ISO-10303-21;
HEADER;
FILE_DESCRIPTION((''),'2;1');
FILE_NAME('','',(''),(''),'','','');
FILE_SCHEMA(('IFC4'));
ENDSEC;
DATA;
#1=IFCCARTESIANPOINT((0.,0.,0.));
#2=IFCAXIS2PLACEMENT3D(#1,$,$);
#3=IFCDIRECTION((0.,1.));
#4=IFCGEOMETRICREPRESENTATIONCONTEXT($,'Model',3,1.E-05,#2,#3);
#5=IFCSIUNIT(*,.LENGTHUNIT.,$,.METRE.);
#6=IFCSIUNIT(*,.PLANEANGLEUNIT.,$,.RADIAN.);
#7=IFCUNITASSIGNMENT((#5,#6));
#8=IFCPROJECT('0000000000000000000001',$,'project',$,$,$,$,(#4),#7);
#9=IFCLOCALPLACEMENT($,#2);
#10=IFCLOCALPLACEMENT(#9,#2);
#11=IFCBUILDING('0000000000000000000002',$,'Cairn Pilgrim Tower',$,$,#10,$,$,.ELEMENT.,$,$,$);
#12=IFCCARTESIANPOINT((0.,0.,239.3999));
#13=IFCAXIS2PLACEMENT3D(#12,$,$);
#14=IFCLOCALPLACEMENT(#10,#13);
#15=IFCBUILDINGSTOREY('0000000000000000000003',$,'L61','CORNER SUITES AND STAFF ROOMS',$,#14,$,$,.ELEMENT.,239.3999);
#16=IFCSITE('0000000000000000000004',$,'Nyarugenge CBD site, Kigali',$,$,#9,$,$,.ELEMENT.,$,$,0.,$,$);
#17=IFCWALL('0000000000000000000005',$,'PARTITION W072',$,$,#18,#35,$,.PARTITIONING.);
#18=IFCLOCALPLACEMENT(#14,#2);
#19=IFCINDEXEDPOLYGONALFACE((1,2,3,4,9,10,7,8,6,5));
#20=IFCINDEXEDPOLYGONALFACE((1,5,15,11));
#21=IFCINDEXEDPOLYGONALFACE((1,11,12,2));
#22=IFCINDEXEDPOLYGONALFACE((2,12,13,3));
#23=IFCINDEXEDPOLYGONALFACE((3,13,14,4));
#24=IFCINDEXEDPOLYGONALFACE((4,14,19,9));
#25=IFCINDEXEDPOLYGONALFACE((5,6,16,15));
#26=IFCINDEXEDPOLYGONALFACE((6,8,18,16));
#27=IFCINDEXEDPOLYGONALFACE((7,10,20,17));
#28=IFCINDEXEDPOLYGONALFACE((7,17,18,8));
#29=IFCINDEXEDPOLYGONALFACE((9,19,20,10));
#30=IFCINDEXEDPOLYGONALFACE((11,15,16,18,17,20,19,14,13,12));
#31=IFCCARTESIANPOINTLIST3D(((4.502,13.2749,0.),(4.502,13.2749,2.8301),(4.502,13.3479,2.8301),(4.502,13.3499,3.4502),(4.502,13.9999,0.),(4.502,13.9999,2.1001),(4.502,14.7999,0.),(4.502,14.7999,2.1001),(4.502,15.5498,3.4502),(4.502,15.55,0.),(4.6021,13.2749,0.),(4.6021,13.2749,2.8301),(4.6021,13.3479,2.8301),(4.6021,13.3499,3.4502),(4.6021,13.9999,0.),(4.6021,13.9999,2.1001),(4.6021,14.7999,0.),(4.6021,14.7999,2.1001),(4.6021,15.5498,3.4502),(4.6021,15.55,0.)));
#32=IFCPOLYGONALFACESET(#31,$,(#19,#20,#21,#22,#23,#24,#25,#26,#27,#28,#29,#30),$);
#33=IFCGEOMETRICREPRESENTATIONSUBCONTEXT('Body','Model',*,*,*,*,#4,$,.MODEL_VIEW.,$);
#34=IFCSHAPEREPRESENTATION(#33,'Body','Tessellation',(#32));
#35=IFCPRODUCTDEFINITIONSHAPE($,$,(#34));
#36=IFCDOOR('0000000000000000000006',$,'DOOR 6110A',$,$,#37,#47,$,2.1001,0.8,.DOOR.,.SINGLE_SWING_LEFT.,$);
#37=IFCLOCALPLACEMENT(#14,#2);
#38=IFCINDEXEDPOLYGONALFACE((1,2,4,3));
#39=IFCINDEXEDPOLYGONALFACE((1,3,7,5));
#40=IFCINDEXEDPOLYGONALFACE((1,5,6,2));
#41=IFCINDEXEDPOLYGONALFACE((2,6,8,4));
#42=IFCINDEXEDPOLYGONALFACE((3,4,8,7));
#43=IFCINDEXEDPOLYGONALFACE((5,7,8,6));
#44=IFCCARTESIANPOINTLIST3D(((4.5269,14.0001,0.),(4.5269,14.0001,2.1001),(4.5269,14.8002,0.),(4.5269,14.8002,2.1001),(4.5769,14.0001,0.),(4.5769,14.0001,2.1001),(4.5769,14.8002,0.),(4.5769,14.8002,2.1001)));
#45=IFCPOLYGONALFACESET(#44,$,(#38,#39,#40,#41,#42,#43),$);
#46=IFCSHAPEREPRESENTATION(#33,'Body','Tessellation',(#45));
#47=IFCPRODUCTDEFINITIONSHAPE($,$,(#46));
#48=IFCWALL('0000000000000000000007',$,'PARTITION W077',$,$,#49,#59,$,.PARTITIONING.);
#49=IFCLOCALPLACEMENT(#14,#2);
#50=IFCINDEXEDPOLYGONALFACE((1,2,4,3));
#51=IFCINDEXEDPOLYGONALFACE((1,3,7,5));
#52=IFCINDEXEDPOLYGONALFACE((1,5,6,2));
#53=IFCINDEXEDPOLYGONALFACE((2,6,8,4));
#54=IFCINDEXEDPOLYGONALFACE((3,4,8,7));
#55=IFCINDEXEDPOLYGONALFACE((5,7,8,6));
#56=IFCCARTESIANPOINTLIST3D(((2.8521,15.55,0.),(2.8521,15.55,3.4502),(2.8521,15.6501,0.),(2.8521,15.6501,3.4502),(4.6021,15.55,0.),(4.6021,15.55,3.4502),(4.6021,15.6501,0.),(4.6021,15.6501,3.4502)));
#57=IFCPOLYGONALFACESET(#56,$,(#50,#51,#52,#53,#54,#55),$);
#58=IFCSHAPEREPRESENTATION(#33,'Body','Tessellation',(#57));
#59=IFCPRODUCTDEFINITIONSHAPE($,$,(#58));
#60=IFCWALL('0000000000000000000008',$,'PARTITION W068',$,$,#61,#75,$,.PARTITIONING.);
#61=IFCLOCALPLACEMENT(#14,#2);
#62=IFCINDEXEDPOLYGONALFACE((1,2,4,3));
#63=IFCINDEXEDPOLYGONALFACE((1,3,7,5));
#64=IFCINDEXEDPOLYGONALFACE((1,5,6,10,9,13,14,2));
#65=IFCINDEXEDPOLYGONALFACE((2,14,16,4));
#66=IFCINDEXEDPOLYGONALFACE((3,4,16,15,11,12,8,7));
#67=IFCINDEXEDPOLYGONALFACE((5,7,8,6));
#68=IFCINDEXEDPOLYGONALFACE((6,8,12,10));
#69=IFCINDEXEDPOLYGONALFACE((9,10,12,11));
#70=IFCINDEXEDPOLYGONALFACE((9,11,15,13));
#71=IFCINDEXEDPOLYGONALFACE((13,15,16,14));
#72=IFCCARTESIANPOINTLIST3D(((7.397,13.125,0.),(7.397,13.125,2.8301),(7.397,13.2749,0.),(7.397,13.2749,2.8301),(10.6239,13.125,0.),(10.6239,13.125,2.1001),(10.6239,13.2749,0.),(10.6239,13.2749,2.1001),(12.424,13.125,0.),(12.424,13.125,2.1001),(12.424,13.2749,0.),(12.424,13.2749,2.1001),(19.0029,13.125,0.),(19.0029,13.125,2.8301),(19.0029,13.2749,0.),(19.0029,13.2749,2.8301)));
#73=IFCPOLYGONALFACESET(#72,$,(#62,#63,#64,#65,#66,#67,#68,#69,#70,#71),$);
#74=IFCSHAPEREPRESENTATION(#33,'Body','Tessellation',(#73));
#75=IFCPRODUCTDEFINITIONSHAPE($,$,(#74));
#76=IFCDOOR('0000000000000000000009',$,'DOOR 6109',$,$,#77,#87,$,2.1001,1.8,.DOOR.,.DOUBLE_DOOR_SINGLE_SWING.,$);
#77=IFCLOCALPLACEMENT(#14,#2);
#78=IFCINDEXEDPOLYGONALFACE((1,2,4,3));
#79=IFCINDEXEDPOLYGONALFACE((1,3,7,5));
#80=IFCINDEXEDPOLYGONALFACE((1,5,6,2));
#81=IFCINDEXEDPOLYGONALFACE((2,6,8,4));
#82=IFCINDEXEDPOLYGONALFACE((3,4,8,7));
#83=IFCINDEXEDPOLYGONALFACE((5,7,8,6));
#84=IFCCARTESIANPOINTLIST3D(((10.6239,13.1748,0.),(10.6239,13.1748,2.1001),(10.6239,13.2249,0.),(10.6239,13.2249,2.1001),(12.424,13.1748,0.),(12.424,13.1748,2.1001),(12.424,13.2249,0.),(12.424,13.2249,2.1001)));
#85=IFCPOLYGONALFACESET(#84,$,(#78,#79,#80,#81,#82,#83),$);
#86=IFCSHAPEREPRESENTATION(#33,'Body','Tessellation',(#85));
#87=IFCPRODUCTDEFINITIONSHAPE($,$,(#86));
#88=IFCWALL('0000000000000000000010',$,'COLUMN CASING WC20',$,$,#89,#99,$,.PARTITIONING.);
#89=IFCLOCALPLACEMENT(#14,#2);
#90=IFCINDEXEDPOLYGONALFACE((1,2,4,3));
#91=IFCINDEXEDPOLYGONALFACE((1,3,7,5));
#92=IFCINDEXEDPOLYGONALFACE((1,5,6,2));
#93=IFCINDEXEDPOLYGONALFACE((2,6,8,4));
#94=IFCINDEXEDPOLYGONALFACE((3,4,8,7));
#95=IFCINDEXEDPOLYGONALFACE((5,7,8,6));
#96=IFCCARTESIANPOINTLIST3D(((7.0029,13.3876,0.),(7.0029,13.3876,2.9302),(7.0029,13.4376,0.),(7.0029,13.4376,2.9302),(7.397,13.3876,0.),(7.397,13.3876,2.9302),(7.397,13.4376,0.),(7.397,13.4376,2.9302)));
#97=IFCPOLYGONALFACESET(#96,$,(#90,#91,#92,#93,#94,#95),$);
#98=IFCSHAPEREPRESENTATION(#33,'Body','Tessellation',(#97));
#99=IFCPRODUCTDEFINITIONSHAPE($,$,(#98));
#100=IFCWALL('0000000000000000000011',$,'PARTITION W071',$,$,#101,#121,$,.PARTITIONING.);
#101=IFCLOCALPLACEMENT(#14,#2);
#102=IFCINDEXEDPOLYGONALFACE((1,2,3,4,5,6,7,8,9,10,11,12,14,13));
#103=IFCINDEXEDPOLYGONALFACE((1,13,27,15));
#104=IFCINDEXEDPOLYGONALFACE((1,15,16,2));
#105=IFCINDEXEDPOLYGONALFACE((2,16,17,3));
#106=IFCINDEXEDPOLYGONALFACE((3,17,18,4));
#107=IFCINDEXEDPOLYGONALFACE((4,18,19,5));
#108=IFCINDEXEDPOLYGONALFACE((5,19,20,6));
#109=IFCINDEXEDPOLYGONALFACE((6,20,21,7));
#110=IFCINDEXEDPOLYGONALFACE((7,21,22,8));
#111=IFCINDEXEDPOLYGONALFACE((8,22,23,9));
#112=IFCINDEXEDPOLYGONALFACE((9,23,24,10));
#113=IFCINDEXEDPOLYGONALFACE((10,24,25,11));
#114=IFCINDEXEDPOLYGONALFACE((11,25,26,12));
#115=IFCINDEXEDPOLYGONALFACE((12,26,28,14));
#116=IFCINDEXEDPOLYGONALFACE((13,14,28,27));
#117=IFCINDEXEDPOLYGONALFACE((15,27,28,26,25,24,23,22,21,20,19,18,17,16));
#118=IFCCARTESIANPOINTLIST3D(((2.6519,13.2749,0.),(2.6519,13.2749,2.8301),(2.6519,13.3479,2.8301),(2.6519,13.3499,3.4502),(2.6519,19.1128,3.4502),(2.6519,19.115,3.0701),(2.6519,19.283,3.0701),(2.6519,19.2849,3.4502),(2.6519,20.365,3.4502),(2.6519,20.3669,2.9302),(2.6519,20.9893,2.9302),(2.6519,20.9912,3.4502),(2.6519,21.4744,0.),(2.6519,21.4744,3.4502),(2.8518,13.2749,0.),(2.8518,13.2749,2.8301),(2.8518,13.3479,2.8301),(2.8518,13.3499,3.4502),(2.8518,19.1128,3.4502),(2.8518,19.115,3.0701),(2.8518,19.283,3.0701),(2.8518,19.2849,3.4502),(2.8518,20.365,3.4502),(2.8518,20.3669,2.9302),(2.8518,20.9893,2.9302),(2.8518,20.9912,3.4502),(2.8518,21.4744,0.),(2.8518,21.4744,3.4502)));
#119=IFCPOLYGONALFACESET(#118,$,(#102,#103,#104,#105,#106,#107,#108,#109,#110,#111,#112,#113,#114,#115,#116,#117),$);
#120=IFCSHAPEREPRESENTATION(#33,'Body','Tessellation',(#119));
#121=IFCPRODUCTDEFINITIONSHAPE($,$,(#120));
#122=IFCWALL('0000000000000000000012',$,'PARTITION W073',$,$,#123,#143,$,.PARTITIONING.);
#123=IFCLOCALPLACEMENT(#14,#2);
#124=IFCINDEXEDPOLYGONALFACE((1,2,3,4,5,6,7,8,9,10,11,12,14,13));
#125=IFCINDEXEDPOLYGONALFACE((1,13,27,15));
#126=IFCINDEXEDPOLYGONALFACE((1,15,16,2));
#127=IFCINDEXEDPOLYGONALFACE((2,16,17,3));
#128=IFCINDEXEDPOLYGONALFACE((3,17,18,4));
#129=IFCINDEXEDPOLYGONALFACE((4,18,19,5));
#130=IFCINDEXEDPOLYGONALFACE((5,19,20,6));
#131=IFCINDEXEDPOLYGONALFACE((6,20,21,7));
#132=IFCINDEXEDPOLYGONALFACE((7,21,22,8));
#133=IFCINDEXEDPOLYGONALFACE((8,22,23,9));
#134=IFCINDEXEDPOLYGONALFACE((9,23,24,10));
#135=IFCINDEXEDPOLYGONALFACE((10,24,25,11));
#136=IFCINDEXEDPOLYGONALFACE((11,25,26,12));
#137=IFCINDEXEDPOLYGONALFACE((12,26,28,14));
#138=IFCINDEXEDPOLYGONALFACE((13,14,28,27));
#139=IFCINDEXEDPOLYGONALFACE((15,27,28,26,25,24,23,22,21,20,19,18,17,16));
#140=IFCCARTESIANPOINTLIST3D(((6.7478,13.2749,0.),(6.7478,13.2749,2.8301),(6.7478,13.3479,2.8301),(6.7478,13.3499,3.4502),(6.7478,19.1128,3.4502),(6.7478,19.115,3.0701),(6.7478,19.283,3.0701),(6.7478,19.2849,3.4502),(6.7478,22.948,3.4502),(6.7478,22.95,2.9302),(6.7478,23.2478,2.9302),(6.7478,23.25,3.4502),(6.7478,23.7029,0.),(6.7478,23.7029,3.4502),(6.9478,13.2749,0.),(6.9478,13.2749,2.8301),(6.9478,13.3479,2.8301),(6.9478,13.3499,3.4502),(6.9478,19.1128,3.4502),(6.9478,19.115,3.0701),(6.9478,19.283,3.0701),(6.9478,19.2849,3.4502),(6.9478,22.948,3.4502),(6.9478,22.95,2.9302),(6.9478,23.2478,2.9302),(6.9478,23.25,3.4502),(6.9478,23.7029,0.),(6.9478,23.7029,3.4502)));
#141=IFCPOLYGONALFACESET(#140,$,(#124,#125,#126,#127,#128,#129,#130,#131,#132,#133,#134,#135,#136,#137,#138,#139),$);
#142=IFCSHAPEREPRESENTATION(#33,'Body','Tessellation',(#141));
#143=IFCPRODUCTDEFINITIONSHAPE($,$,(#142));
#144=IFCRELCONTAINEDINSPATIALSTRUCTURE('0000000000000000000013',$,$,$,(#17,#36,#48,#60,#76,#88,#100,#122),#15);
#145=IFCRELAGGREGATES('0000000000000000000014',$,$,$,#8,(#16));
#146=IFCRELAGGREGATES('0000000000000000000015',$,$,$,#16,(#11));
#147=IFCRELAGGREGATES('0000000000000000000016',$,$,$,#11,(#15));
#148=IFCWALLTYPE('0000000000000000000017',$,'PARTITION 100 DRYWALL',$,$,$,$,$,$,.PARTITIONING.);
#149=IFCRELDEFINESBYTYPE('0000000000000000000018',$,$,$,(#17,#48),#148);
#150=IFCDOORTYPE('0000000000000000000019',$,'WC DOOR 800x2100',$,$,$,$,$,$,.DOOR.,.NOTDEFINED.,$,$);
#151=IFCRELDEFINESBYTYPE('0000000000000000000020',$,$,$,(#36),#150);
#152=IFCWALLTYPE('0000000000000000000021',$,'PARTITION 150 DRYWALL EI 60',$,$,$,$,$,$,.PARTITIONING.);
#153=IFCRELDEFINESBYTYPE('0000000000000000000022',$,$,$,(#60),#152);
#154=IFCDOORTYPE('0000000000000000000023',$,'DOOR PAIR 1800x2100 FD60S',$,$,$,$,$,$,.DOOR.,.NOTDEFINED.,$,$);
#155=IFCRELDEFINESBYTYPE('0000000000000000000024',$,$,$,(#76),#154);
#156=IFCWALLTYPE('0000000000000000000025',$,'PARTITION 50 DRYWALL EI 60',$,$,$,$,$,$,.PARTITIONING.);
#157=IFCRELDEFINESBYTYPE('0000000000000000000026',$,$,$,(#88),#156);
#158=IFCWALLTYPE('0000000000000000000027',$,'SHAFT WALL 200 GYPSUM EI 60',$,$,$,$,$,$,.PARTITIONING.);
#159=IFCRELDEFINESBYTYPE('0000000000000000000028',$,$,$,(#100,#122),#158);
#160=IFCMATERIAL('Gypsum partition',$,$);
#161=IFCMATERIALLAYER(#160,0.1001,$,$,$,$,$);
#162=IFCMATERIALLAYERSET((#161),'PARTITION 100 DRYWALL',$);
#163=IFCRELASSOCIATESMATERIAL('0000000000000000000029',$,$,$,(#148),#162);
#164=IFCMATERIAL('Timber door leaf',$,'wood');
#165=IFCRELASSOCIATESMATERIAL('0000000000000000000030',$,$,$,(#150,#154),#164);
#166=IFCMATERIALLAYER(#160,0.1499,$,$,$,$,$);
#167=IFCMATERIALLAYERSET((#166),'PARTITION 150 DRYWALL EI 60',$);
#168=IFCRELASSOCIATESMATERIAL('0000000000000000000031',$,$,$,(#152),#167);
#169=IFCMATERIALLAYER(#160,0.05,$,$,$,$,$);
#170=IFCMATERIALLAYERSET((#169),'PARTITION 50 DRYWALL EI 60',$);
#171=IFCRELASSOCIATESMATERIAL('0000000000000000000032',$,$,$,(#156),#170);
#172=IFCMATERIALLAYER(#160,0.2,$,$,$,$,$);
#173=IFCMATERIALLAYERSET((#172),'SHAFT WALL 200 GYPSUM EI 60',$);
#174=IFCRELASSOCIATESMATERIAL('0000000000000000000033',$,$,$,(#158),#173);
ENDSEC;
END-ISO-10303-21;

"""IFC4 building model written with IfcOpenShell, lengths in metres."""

from ifc_helpers import new_model, si_unit, direction, frame, frame_2d, origin, place, context, subcontext, project, spatial, polyline, rectangle, outline, extrude, material, layer, layer_set, type_object, element, fill, save


model = new_model("IFC4")

# Units and contexts
model_context = context("Model", 3, precision=1e-05, world=origin(), true_north=direction((0.0, 1.0)))
body_context = subcontext(model_context, "Body", "Model", "MODEL_VIEW")
ifc_project = project(units=[si_unit("LENGTHUNIT", "METRE"), si_unit("PLANEANGLEUNIT", "RADIAN")], contexts=[model_context])

# Site, building, storey
site_placement = place(None, origin())
site = spatial("IfcSite", under=ifc_project, at=site_placement, Name="Nyarugenge CBD site, Kigali", CompositionType="ELEMENT", RefElevation=0.0)
building_placement = place(site_placement, origin())
building = spatial("IfcBuilding", under=site, at=building_placement, Name="Cairn Pilgrim Tower", CompositionType="ELEMENT")
storey_placement = place(building_placement, frame((0.0, 0.0, 239.3999)))
storey = spatial("IfcBuildingStorey", under=building, at=storey_placement, Name="L61", Description="CORNER SUITES AND STAFF ROOMS", CompositionType="ELEMENT", Elevation=239.3999)

# Wall, opening, door
ifc_material_1 = material(Name="Gypsum partition")
ifc_layer_1 = layer(ifc_material_1, 0.1001)
ifc_layer_set_1 = layer_set([ifc_layer_1], Name="PARTITION 100 DRYWALL")
wall_type_1 = type_object("IfcWallType", Name="PARTITION 100 DRYWALL", PredefinedType="PARTITIONING", material=ifc_layer_set_1)
wall_1_placement = place(storey_placement, frame((4.552, 13.2749, 0.0), z_axis=(0.0, 0.0, 1.0), x_axis=(0.0, 1.0, 0.0)))
wall_1 = element("IfcWall", 1, at=wall_1_placement, inside=storey, type_object=wall_type_1, Name="PARTITION W072", PredefinedType="PARTITIONING", context=body_context, shape_type="SweptSolid", body=[
    extrude(outline(polyline([(0.0, 0.0), (2.2751, 0.0), (2.2749, 3.4502), (0.075, 3.4502), (0.073, 2.8301), (0.0, 2.8301), (0.0, 0.0)])), frame((0.0, 0.05, 0.0), z_axis=(0.0, -1.0, 0.0), x_axis=(1.0, 0.0, 0.0)), (0.0, 0.0, 1.0), 0.1001),
])
opening_1_placement = place(wall_1_placement, frame((0.7251, 0.0, 0.0)))
opening_1 = element("IfcOpeningElement", 2, at=opening_1_placement, cuts=wall_1, PredefinedType="OPENING", context=body_context, shape_type="SweptSolid", body=[
    extrude(rectangle(XDim=0.8, YDim=2.1001, at=frame_2d((0.3999, 1.05))), frame((0.0, 0.0601, 0.0), z_axis=(0.0, -1.0, 0.0), x_axis=(1.0, 0.0, 0.0)), (0.0, 0.0, 1.0), 0.1201),
])
ifc_material_2 = material(Name="Timber door leaf", Category="wood")
door_type_1 = type_object("IfcDoorType", Name="WC DOOR 800x2100", OperationType="NOTDEFINED", PredefinedType="DOOR", material=ifc_material_2)
door_1_placement = place(opening_1_placement, frame((0.8, 0.0, 0.0), z_axis=(0.0, 0.0, 1.0), x_axis=(-1.0, 0.0, 0.0)))
door_1 = element("IfcDoor", 3, at=door_1_placement, inside=storey, type_object=door_type_1, Name="DOOR 6110A", OperationType="SINGLE_SWING_LEFT", OverallHeight=2.1001, OverallWidth=0.8, PredefinedType="DOOR", context=body_context, shape_type="SweptSolid", body=[
    extrude(rectangle(XDim=0.8, YDim=2.1001, at=frame_2d((0.3999, 1.05))), frame((0.0, 0.0249, 0.0), z_axis=(0.0, -1.0, 0.0), x_axis=(1.0, 0.0, 0.0)), (0.0, 0.0, 1.0), 0.05),
])
fill(opening_1, door_1)

# Wall
wall_2_placement = place(storey_placement, frame((2.8521, 15.6001, 0.0), z_axis=(0.0, 0.0, 1.0), x_axis=(1.0, 0.0, 0.0)))
element("IfcWall", 4, at=wall_2_placement, inside=storey, type_object=wall_type_1, Name="PARTITION W077", PredefinedType="PARTITIONING", context=body_context, shape_type="SweptSolid", body=[
    extrude(rectangle(XDim=1.75, YDim=0.1001, at=frame_2d((0.875, 0.0))), origin(), (0.0, 0.0, 1.0), 3.4502),
])

# Wall, opening, door
ifc_layer_2 = layer(ifc_material_1, 0.1499)
ifc_layer_set_2 = layer_set([ifc_layer_2], Name="PARTITION 150 DRYWALL EI 60")
wall_type_2 = type_object("IfcWallType", Name="PARTITION 150 DRYWALL EI 60", PredefinedType="PARTITIONING", material=ifc_layer_set_2)
wall_3_placement = place(storey_placement, frame((7.397, 13.2, 0.0), z_axis=(0.0, 0.0, 1.0), x_axis=(1.0, 0.0, 0.0)))
wall_3 = element("IfcWall", 5, at=wall_3_placement, inside=storey, type_object=wall_type_2, Name="PARTITION W068", PredefinedType="PARTITIONING", context=body_context, shape_type="SweptSolid", body=[
    extrude(rectangle(XDim=11.606, YDim=0.1499, at=frame_2d((5.803, 0.0))), origin(), (0.0, 0.0, 1.0), 2.8301),
])
opening_2_placement = place(wall_3_placement, frame((3.2271, 0.0, 0.0)))
opening_2 = element("IfcOpeningElement", 6, at=opening_2_placement, cuts=wall_3, PredefinedType="OPENING", context=body_context, shape_type="SweptSolid", body=[
    extrude(rectangle(XDim=1.8, YDim=2.1001, at=frame_2d((0.8999, 1.05))), frame((0.0, 0.085, 0.0), z_axis=(0.0, -1.0, 0.0), x_axis=(1.0, 0.0, 0.0)), (0.0, 0.0, 1.0), 0.1699),
])
door_type_2 = type_object("IfcDoorType", Name="DOOR PAIR 1800x2100 FD60S", OperationType="NOTDEFINED", PredefinedType="DOOR", material=ifc_material_2)
door_2_placement = place(opening_2_placement, origin())
door_2 = element("IfcDoor", 7, at=door_2_placement, inside=storey, type_object=door_type_2, Name="DOOR 6109", OperationType="DOUBLE_DOOR_SINGLE_SWING", OverallHeight=2.1001, OverallWidth=1.8, PredefinedType="DOOR", context=body_context, shape_type="SweptSolid", body=[
    extrude(rectangle(XDim=1.8, YDim=2.1001, at=frame_2d((0.8999, 1.05))), frame((0.0, 0.0249, 0.0), z_axis=(0.0, -1.0, 0.0), x_axis=(1.0, 0.0, 0.0)), (0.0, 0.0, 1.0), 0.05),
])
fill(opening_2, door_2)

# Walls
ifc_layer_3 = layer(ifc_material_1, 0.05)
ifc_layer_set_3 = layer_set([ifc_layer_3], Name="PARTITION 50 DRYWALL EI 60")
wall_type_3 = type_object("IfcWallType", Name="PARTITION 50 DRYWALL EI 60", PredefinedType="PARTITIONING", material=ifc_layer_set_3)
wall_4_placement = place(storey_placement, frame((7.0029, 13.4126, 0.0), z_axis=(0.0, 0.0, 1.0), x_axis=(1.0, 0.0, 0.0)))
element("IfcWall", 8, at=wall_4_placement, inside=storey, type_object=wall_type_3, Name="COLUMN CASING WC20", PredefinedType="PARTITIONING", context=body_context, shape_type="SweptSolid", body=[
    extrude(rectangle(XDim=0.394, YDim=0.05, at=frame_2d((0.197, 0.0))), origin(), (0.0, 0.0, 1.0), 2.9302),
])
ifc_layer_4 = layer(ifc_material_1, 0.2)
ifc_layer_set_4 = layer_set([ifc_layer_4], Name="SHAFT WALL 200 GYPSUM EI 60")
wall_type_4 = type_object("IfcWallType", Name="SHAFT WALL 200 GYPSUM EI 60", PredefinedType="PARTITIONING", material=ifc_layer_set_4)
wall_5_placement = place(storey_placement, frame((2.752, 13.2749, 0.0), z_axis=(0.0, 0.0, 1.0), x_axis=(0.0, 1.0, 0.0)))
element("IfcWall", 9, at=wall_5_placement, inside=storey, type_object=wall_type_4, Name="PARTITION W071", PredefinedType="PARTITIONING", context=body_context, shape_type="SweptSolid", body=[
    extrude(outline(polyline([(0.0, 0.0), (8.1995, 0.0), (8.1995, 3.4502), (7.7163, 3.4502), (7.7144, 2.9302), (7.092, 2.9302), (7.0901, 3.4502), (6.01, 3.4502), (6.0081, 3.0701), (5.8401, 3.0701), (5.8379, 3.4502), (0.075, 3.4502), (0.073, 2.8301), (0.0, 2.8301), (0.0, 0.0)])), frame((0.0, 0.1001, 0.0), z_axis=(0.0, -1.0, 0.0), x_axis=(1.0, 0.0, 0.0)), (0.0, 0.0, 1.0), 0.2),
])
wall_6_placement = place(storey_placement, frame((6.8479, 13.2749, 0.0), z_axis=(0.0, 0.0, 1.0), x_axis=(0.0, 1.0, 0.0)))
element("IfcWall", 10, at=wall_6_placement, inside=storey, type_object=wall_type_4, Name="PARTITION W073", PredefinedType="PARTITIONING", context=body_context, shape_type="SweptSolid", body=[
    extrude(outline(polyline([(0.0, 0.0), (10.428, 0.0), (10.428, 3.4502), (9.9751, 3.4502), (9.9729, 2.9302), (9.675, 2.9302), (9.6731, 3.4502), (6.01, 3.4502), (6.0081, 3.0701), (5.8401, 3.0701), (5.8379, 3.4502), (0.075, 3.4502), (0.073, 2.8301), (0.0, 2.8301), (0.0, 0.0)])), frame((0.0, 0.1001, 0.0), z_axis=(0.0, -1.0, 0.0), x_axis=(1.0, 0.0, 0.0)), (0.0, 0.0, 1.0), 0.2),
])

save(model, "model.ifc")
